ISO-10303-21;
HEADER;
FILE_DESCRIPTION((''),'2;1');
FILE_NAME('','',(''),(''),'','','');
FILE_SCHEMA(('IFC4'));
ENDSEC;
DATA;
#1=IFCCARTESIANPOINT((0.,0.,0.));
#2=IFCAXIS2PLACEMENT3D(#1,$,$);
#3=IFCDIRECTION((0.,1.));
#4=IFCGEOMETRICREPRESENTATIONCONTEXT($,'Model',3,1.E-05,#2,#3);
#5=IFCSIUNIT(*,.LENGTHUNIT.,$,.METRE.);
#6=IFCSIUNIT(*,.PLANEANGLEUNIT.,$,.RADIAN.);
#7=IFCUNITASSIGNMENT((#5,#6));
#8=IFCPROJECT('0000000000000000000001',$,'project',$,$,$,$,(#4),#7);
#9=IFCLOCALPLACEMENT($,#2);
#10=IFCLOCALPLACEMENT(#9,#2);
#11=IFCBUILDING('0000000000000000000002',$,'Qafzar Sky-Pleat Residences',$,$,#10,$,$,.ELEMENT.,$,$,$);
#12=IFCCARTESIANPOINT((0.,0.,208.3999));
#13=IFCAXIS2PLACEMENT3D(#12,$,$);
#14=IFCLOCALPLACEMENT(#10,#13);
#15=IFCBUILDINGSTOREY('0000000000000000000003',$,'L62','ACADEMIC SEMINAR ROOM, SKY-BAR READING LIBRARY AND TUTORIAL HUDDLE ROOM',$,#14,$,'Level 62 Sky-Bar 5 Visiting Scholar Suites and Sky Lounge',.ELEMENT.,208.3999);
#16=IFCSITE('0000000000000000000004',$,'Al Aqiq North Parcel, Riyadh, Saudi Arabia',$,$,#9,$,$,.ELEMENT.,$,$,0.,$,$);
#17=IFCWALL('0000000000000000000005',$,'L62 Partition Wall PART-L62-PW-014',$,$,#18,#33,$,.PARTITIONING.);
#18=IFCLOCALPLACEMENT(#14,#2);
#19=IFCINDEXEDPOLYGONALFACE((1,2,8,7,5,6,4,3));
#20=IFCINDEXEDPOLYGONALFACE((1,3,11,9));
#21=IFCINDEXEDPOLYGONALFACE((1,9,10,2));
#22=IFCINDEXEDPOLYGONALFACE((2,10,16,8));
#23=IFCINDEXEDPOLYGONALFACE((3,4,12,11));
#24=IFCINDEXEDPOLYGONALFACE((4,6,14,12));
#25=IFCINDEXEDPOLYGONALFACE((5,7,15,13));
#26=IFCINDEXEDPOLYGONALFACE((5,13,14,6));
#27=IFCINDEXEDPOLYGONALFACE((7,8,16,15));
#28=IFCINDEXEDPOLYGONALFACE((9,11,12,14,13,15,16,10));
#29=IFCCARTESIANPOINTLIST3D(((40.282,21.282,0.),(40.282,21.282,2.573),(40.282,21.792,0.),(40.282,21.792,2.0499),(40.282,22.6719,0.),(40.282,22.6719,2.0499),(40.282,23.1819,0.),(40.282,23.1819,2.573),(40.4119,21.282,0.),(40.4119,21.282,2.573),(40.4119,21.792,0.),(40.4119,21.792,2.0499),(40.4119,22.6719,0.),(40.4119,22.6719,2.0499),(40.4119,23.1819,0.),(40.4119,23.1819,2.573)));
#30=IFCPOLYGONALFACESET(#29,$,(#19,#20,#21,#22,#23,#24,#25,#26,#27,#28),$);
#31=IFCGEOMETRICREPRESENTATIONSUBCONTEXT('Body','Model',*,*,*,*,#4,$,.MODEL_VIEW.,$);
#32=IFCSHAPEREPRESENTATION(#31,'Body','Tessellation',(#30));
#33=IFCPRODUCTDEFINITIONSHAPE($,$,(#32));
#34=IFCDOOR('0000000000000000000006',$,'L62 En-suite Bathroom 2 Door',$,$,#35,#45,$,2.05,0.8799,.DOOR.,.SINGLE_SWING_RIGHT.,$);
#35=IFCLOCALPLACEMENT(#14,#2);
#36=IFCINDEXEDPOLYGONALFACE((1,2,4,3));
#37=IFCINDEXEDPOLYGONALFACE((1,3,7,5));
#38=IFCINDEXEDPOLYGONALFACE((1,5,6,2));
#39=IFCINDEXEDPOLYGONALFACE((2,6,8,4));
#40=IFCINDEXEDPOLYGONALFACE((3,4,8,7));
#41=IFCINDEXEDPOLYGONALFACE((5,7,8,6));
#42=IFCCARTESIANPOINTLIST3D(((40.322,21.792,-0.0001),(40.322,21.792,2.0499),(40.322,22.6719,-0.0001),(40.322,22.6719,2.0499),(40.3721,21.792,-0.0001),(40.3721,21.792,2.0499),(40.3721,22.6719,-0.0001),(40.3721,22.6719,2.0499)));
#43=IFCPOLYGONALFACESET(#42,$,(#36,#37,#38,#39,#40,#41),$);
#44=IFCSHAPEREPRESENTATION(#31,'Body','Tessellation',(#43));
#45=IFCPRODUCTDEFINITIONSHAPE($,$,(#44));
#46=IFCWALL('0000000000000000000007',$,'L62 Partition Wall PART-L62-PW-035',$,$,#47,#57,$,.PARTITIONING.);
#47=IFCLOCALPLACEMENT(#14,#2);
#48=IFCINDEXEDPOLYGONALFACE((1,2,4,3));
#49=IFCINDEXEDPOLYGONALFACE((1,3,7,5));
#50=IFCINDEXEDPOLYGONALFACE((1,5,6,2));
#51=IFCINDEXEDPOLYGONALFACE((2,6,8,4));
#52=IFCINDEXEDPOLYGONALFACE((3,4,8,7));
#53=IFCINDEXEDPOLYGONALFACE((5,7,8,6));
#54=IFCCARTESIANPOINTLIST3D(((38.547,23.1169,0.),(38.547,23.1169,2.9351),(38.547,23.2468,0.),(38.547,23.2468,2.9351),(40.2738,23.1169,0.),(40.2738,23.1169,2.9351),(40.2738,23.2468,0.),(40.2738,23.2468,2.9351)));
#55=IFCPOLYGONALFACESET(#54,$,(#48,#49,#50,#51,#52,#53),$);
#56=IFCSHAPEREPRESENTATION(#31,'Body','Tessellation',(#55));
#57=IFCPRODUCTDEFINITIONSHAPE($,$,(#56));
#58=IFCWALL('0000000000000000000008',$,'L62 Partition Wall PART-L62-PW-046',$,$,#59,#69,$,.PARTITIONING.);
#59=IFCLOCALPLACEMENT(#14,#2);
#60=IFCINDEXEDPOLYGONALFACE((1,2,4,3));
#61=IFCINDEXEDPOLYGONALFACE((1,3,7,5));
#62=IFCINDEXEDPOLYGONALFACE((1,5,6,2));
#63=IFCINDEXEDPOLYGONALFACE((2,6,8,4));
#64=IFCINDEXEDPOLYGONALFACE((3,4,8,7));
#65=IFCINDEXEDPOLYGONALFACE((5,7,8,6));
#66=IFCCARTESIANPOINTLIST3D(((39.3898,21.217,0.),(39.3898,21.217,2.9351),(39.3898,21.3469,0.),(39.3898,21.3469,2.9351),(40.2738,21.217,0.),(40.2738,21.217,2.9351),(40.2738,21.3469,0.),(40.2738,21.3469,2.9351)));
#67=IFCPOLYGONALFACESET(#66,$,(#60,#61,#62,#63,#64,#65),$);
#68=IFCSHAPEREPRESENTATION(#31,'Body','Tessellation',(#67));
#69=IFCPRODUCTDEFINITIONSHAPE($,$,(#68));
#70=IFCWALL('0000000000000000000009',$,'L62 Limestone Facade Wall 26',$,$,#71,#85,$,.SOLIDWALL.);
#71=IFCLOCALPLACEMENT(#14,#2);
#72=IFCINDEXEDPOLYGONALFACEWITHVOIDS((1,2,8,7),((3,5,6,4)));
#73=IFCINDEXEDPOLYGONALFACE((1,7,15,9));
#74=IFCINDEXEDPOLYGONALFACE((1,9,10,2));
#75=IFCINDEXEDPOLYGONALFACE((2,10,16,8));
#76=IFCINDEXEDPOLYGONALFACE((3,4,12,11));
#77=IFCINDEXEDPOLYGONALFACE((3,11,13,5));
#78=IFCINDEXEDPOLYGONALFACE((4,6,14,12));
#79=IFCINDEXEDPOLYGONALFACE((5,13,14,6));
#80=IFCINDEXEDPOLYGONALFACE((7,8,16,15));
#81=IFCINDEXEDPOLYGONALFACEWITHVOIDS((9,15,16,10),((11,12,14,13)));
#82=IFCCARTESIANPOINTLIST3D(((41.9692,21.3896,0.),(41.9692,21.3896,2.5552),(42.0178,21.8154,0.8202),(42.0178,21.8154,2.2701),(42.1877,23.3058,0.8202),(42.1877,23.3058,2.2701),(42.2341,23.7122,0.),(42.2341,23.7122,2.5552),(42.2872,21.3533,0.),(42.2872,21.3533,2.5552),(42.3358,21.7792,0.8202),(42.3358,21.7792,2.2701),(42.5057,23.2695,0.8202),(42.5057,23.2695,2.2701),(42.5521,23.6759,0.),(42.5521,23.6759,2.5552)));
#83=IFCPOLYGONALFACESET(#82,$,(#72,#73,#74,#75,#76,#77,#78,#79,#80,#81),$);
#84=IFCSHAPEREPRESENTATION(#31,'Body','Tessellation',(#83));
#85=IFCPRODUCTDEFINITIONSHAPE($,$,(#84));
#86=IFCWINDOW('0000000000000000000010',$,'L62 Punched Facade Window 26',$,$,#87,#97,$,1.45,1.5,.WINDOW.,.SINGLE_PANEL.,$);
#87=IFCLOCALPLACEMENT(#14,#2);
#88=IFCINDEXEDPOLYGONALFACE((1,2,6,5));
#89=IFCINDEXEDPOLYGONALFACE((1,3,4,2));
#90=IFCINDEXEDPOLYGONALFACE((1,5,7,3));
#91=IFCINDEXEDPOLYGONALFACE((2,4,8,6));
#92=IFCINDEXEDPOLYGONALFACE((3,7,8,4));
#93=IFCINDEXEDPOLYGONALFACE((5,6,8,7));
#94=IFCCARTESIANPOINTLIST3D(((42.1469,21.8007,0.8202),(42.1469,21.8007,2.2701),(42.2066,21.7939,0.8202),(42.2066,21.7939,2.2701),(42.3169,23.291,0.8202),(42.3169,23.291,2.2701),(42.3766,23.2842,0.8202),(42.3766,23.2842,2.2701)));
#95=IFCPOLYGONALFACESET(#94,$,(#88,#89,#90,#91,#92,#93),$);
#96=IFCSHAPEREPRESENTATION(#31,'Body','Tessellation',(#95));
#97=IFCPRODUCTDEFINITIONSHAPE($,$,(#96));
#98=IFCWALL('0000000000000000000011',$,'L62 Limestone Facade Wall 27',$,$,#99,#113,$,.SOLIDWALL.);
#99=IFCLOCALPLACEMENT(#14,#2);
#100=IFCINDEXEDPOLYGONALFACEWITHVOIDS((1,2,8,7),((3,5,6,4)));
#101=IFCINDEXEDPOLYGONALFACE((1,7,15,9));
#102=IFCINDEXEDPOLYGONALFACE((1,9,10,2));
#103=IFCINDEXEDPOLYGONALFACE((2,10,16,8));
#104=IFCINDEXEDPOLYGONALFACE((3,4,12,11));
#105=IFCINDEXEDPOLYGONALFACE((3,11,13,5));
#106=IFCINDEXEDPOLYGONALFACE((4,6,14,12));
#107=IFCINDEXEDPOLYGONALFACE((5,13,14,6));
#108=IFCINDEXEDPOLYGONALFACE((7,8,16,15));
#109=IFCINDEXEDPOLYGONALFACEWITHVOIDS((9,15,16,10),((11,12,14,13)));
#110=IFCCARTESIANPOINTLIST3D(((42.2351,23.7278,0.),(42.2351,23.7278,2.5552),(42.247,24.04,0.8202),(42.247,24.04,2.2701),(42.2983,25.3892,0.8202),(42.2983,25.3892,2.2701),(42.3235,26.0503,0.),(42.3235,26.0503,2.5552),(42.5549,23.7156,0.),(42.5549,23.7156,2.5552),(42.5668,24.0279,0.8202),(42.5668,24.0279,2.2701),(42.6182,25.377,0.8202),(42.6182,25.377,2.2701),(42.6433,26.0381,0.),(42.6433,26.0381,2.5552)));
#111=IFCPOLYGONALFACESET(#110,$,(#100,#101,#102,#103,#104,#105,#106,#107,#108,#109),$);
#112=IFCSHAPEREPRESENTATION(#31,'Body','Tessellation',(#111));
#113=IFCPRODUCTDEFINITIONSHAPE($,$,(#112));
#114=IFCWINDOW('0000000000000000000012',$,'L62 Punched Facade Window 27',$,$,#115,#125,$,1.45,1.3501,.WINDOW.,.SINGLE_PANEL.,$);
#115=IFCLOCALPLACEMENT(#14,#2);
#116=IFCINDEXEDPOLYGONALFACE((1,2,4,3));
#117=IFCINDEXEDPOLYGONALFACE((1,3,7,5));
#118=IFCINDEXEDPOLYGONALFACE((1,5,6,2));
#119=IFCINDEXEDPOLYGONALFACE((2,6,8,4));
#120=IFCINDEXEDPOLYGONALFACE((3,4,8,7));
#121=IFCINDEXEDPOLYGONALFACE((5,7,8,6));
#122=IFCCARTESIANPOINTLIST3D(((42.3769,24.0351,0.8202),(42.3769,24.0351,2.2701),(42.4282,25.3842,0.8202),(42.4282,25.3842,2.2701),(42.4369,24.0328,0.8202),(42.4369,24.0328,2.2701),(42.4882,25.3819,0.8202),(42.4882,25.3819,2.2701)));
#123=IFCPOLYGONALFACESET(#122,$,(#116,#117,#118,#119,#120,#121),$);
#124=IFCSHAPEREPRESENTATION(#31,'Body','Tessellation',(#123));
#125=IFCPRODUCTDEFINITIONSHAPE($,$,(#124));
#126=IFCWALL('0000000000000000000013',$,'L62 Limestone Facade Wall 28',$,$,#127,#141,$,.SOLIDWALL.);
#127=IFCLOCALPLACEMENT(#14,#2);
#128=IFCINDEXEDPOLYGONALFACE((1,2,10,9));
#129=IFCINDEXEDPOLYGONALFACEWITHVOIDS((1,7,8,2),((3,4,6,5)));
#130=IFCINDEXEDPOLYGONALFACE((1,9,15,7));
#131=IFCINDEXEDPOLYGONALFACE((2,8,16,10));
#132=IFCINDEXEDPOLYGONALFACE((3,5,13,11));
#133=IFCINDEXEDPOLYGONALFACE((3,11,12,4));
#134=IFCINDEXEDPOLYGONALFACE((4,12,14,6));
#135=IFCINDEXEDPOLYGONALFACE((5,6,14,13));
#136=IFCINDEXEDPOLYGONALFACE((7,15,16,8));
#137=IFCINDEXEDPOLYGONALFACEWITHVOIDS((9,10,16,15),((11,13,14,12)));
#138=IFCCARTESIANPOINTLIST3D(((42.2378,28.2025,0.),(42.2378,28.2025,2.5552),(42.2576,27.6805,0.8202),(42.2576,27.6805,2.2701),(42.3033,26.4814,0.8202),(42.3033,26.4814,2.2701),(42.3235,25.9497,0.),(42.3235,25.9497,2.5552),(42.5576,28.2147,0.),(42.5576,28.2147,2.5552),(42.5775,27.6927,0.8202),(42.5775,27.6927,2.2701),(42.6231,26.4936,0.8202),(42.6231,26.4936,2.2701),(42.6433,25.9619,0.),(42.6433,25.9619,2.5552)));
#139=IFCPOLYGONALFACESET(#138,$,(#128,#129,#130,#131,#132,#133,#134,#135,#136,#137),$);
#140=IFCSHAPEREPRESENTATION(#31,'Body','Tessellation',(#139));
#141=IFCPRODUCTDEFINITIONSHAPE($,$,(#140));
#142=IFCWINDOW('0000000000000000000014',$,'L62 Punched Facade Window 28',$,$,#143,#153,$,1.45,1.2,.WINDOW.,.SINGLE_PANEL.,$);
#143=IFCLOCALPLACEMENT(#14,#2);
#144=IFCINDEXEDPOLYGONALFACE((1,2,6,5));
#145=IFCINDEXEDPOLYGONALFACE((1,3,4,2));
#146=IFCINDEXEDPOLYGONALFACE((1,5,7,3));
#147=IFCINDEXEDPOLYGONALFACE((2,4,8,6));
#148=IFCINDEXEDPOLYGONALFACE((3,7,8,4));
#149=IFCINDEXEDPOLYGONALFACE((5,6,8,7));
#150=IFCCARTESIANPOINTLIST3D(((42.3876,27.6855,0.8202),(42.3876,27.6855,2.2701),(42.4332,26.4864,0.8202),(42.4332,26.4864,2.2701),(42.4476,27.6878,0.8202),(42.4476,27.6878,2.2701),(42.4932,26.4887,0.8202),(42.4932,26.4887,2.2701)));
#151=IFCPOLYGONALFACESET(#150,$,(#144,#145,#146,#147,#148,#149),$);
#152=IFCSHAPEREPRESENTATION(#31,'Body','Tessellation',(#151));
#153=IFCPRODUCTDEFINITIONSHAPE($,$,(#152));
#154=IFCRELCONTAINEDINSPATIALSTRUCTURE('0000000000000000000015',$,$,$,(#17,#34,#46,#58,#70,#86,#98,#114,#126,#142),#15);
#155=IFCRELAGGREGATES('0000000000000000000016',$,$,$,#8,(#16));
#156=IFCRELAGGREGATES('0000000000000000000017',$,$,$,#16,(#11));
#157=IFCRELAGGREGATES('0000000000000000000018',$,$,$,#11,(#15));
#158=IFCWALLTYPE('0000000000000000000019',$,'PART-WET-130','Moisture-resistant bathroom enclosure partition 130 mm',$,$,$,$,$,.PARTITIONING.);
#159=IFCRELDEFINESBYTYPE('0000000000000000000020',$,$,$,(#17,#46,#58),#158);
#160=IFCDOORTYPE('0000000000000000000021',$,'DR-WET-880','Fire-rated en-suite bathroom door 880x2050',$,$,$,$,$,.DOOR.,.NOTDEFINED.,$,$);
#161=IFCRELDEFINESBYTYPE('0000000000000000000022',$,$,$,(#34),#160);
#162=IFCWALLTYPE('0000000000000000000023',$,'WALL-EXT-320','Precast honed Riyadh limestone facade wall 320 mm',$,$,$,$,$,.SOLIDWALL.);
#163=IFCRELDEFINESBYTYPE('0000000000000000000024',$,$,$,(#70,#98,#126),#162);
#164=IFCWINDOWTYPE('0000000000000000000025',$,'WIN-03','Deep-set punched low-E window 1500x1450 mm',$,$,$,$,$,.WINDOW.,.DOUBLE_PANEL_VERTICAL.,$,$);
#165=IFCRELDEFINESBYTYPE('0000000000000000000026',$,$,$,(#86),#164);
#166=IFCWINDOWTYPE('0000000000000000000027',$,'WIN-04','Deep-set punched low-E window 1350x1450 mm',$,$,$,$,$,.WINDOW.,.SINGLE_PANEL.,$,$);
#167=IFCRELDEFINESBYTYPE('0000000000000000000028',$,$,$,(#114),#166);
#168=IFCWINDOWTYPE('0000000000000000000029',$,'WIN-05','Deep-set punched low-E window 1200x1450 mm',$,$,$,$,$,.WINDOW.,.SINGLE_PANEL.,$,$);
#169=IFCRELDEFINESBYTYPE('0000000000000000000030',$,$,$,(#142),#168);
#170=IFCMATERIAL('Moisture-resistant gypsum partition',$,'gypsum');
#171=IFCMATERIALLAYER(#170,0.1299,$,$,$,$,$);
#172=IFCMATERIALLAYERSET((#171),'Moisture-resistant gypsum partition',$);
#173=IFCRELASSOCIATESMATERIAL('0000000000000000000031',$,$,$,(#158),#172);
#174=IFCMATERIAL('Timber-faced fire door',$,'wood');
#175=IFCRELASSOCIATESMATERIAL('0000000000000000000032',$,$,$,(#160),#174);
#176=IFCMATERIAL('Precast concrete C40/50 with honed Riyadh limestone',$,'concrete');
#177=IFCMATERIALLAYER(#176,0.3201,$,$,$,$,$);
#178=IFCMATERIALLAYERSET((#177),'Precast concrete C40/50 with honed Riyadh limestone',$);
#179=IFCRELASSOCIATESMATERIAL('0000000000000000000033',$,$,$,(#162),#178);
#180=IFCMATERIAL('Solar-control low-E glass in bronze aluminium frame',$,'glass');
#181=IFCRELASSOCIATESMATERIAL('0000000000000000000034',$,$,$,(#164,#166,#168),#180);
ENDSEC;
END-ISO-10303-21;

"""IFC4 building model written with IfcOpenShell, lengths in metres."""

from ifc_helpers import new_model, si_unit, direction, frame, frame_2d, origin, place, context, subcontext, project, spatial, rectangle, extrude, source, transform, mapped, material, layer, layer_set, type_object, element, fill, save


model = new_model("IFC4")

# Units and contexts
model_context = context("Model", 3, precision=1e-05, world=origin(), true_north=direction((0.0, 1.0)))
body_context = subcontext(model_context, "Body", "Model", "MODEL_VIEW")
ifc_project = project(units=[si_unit("LENGTHUNIT", "METRE"), si_unit("PLANEANGLEUNIT", "RADIAN")], contexts=[model_context])

# Site, building, storey
site_placement = place(None, origin())
site = spatial("IfcSite", under=ifc_project, at=site_placement, Name="Al Aqiq North Parcel, Riyadh, Saudi Arabia", CompositionType="ELEMENT", RefElevation=0.0)
building_placement = place(site_placement, origin())
building = spatial("IfcBuilding", under=site, at=building_placement, Name="Qafzar Sky-Pleat Residences", CompositionType="ELEMENT")
storey_placement = place(building_placement, frame((0.0, 0.0, 208.3999)))
storey = spatial("IfcBuildingStorey", under=building, at=storey_placement, Name="L62", Description="ACADEMIC SEMINAR ROOM, SKY-BAR READING LIBRARY AND TUTORIAL HUDDLE ROOM", LongName="Level 62 Sky-Bar 5 Visiting Scholar Suites and Sky Lounge", CompositionType="ELEMENT", Elevation=208.3999)

# Wall, opening, door
ifc_material_1 = material(Name="Moisture-resistant gypsum partition", Category="gypsum")
ifc_layer_1 = layer(ifc_material_1, 0.1299)
ifc_layer_set_1 = layer_set([ifc_layer_1], Name="Moisture-resistant gypsum partition")
wall_type_1 = type_object("IfcWallType", Name="PART-WET-130", Description="Moisture-resistant bathroom enclosure partition 130 mm", PredefinedType="PARTITIONING", material=ifc_layer_set_1)
wall_1_placement = place(storey_placement, frame((40.3469, 21.282, 0.0), z_axis=(0.0, 0.0, 1.0), x_axis=(0.0, 1.0, 0.0)))
wall_1 = element("IfcWall", 1, at=wall_1_placement, inside=storey, type_object=wall_type_1, Name="L62 Partition Wall PART-L62-PW-014", PredefinedType="PARTITIONING", context=body_context, shape_type="SweptSolid", body=[
    extrude(rectangle(XDim=1.8999, YDim=0.1299, at=frame_2d((0.95, 0.0))), origin(), (0.0, 0.0, 1.0), 2.573),
])
opening_1_placement = place(wall_1_placement, frame((0.51, 0.0, 0.0)))
opening_1 = element("IfcOpeningElement", 2, at=opening_1_placement, cuts=wall_1, PredefinedType="OPENING", context=body_context, shape_type="SweptSolid", body=[
    extrude(rectangle(XDim=0.8799, YDim=2.05, at=frame_2d((0.4399, 1.0249))), frame((0.0, 0.075, 0.0), z_axis=(0.0, -1.0, 0.0), x_axis=(1.0, 0.0, 0.0)), (0.0, 0.0, 1.0), 0.1499),
])
ifc_material_2 = material(Name="Timber-faced fire door", Category="wood")
door_type = type_object("IfcDoorType", Name="DR-WET-880", Description="Fire-rated en-suite bathroom door 880x2050", OperationType="NOTDEFINED", PredefinedType="DOOR", material=ifc_material_2)
shared_shape_1 = source(origin(), body_context, "Body", "SweptSolid", [
    extrude(rectangle(XDim=0.8799, YDim=2.05, at=frame_2d((0.4399, 1.0249))), frame((0.0, 0.0249, 0.0), z_axis=(0.0, -1.0, 0.0), x_axis=(1.0, 0.0, 0.0)), (0.0, 0.0, 1.0), 0.05),
])
door_placement = place(opening_1_placement, origin())
door = element("IfcDoor", 3, at=door_placement, inside=storey, type_object=door_type, Name="L62 En-suite Bathroom 2 Door", OperationType="SINGLE_SWING_RIGHT", OverallHeight=2.05, OverallWidth=0.8799, PredefinedType="DOOR", context=body_context, shape_type="MappedRepresentation", body=[
    mapped(shared_shape_1, transform((0.0, 0.0, 0.0), x_axis=(1.0, 0.0, 0.0), y_axis=(0.0, 1.0, 0.0), z_axis=(0.0, 0.0, 1.0), scale=1.0)),
])
fill(opening_1, door)

# Walls
wall_2_placement = place(storey_placement, frame((38.5471, 23.1819, 0.0), z_axis=(0.0, 0.0, 1.0), x_axis=(1.0, 0.0, 0.0)))
element("IfcWall", 4, at=wall_2_placement, inside=storey, type_object=wall_type_1, Name="L62 Partition Wall PART-L62-PW-035", PredefinedType="PARTITIONING", context=body_context, shape_type="SweptSolid", body=[
    extrude(rectangle(XDim=1.7268, YDim=0.1299, at=frame_2d((0.8633, 0.0))), origin(), (0.0, 0.0, 1.0), 2.9351),
])
wall_3_placement = place(storey_placement, frame((39.3899, 21.282, 0.0), z_axis=(0.0, 0.0, 1.0), x_axis=(1.0, 0.0, 0.0)))
element("IfcWall", 5, at=wall_3_placement, inside=storey, type_object=wall_type_1, Name="L62 Partition Wall PART-L62-PW-046", PredefinedType="PARTITIONING", context=body_context, shape_type="SweptSolid", body=[
    extrude(rectangle(XDim=0.884, YDim=0.1299, at=frame_2d((0.4419, 0.0))), origin(), (0.0, 0.0, 1.0), 2.9351),
])

# Walls, openings, windows
ifc_material_3 = material(Name="Precast concrete C40/50 with honed Riyadh limestone", Category="concrete")
ifc_layer_2 = layer(ifc_material_3, 0.3201)
ifc_layer_set_2 = layer_set([ifc_layer_2], Name="Precast concrete C40/50 with honed Riyadh limestone")
wall_type_2 = type_object("IfcWallType", Name="WALL-EXT-320", Description="Precast honed Riyadh limestone facade wall 320 mm", PredefinedType="SOLIDWALL", material=ifc_layer_set_2)
wall_4_placement = place(storey_placement, frame((42.1282, 21.3713, 0.0), z_axis=(0.0, 0.0, 1.0), x_axis=(0.11332, 0.993559, 0.0)))
wall_4 = element("IfcWall", 6, at=wall_4_placement, inside=storey, type_object=wall_type_2, Name="L62 Limestone Facade Wall 26", PredefinedType="SOLIDWALL", context=body_context, shape_type="SweptSolid", body=[
    extrude(rectangle(XDim=2.3376, YDim=0.3201, at=frame_2d((1.1689, 0.0))), origin(), (0.0, 0.0, 1.0), 2.5552),
])
opening_2_placement = place(wall_4_placement, frame((0.4287, 0.0, 0.8201)))
opening_2 = element("IfcOpeningElement", 7, at=opening_2_placement, cuts=wall_4, PredefinedType="OPENING", context=body_context, shape_type="SweptSolid", body=[
    extrude(rectangle(XDim=1.5, YDim=1.45, at=frame_2d((0.75, 0.7251))), frame((0.0, 0.1699, 0.0), z_axis=(0.0, -1.0, 0.0), x_axis=(1.0, 0.0, 0.0)), (0.0, 0.0, 1.0), 0.3401),
])
ifc_material_4 = material(Name="Solar-control low-E glass in bronze aluminium frame", Category="glass")
window_type_1 = type_object("IfcWindowType", Name="WIN-03", Description="Deep-set punched low-E window 1500x1450 mm", PartitioningType="DOUBLE_PANEL_VERTICAL", PredefinedType="WINDOW", material=ifc_material_4)
shared_shape_2 = source(origin(), body_context, "Body", "SweptSolid", [
    extrude(rectangle(XDim=1.5, YDim=1.45, at=frame_2d((0.75, 0.7251))), frame((0.0, 0.03, 0.0), z_axis=(0.0, -1.0, 0.0), x_axis=(1.0, 0.0, 0.0)), (0.0, 0.0, 1.0), 0.0601),
])
window_1_placement = place(opening_2_placement, origin())
window_1 = element("IfcWindow", 8, at=window_1_placement, inside=storey, type_object=window_type_1, Name="L62 Punched Facade Window 26", OverallHeight=1.45, OverallWidth=1.5, PartitioningType="SINGLE_PANEL", PredefinedType="WINDOW", context=body_context, shape_type="MappedRepresentation", body=[
    mapped(shared_shape_2, transform((0.0, 0.0, 0.0), x_axis=(1.0, 0.0, 0.0), y_axis=(0.0, 1.0, 0.0), z_axis=(0.0, 0.0, 1.0), scale=1.0)),
])
fill(opening_2, window_1)
wall_5_placement = place(storey_placement, frame((42.395, 23.7217, 0.0), z_axis=(0.0, 0.0, 1.0), x_axis=(0.038026, 0.999277, 0.0)))
wall_5 = element("IfcWall", 9, at=wall_5_placement, inside=storey, type_object=wall_type_2, Name="L62 Limestone Facade Wall 27", PredefinedType="SOLIDWALL", context=body_context, shape_type="SweptSolid", body=[
    extrude(rectangle(XDim=2.3242, YDim=0.3201, at=frame_2d((1.1621, 0.0))), origin(), (0.0, 0.0, 1.0), 2.5552),
])
opening_3_placement = place(wall_5_placement, frame((0.3125, 0.0, 0.8201)))
opening_3 = element("IfcOpeningElement", 10, at=opening_3_placement, cuts=wall_5, PredefinedType="OPENING", context=body_context, shape_type="SweptSolid", body=[
    extrude(rectangle(XDim=1.3501, YDim=1.45, at=frame_2d((0.675, 0.7251))), frame((0.0, 0.1699, 0.0), z_axis=(0.0, -1.0, 0.0), x_axis=(1.0, 0.0, 0.0)), (0.0, 0.0, 1.0), 0.3401),
])
window_type_2 = type_object("IfcWindowType", Name="WIN-04", Description="Deep-set punched low-E window 1350x1450 mm", PartitioningType="SINGLE_PANEL", PredefinedType="WINDOW", material=ifc_material_4)
shared_shape_3 = source(origin(), body_context, "Body", "SweptSolid", [
    extrude(rectangle(XDim=1.3501, YDim=1.45, at=frame_2d((0.675, 0.7251))), frame((0.0, 0.03, 0.0), z_axis=(0.0, -1.0, 0.0), x_axis=(1.0, 0.0, 0.0)), (0.0, 0.0, 1.0), 0.0601),
])
window_2_placement = place(opening_3_placement, origin())
window_2 = element("IfcWindow", 11, at=window_2_placement, inside=storey, type_object=window_type_2, Name="L62 Punched Facade Window 27", OverallHeight=1.45, OverallWidth=1.3501, PartitioningType="SINGLE_PANEL", PredefinedType="WINDOW", context=body_context, shape_type="MappedRepresentation", body=[
    mapped(shared_shape_3, transform((0.0, 0.0, 0.0), x_axis=(1.0, 0.0, 0.0), y_axis=(0.0, 1.0, 0.0), z_axis=(0.0, 0.0, 1.0), scale=1.0)),
])
fill(opening_3, window_2)
wall_6_placement = place(storey_placement, frame((42.4834, 25.9558, 0.0), z_axis=(0.0, 0.0, 1.0), x_axis=(-0.038013, 0.999277, 0.0)))
wall_6 = element("IfcWall", 12, at=wall_6_placement, inside=storey, type_object=wall_type_2, Name="L62 Limestone Facade Wall 28", PredefinedType="SOLIDWALL", context=body_context, shape_type="SweptSolid", body=[
    extrude(rectangle(XDim=2.2544, YDim=0.3201, at=frame_2d((1.1272, 0.0))), origin(), (0.0, 0.0, 1.0), 2.5552),
])
opening_4_placement = place(wall_6_placement, frame((0.532, 0.0, 0.8201)))
opening_4 = element("IfcOpeningElement", 13, at=opening_4_placement, cuts=wall_6, PredefinedType="OPENING", context=body_context, shape_type="SweptSolid", body=[
    extrude(rectangle(XDim=1.2, YDim=1.45, at=frame_2d((0.6001, 0.7251))), frame((0.0, 0.1699, 0.0), z_axis=(0.0, -1.0, 0.0), x_axis=(1.0, 0.0, 0.0)), (0.0, 0.0, 1.0), 0.3401),
])
window_type_3 = type_object("IfcWindowType", Name="WIN-05", Description="Deep-set punched low-E window 1200x1450 mm", PartitioningType="SINGLE_PANEL", PredefinedType="WINDOW", material=ifc_material_4)
shared_shape_4 = source(origin(), body_context, "Body", "SweptSolid", [
    extrude(rectangle(XDim=1.2, YDim=1.45, at=frame_2d((0.6001, 0.7251))), frame((0.0, 0.03, 0.0), z_axis=(0.0, -1.0, 0.0), x_axis=(1.0, 0.0, 0.0)), (0.0, 0.0, 1.0), 0.0601),
])
window_3_placement = place(opening_4_placement, origin())
window_3 = element("IfcWindow", 14, at=window_3_placement, inside=storey, type_object=window_type_3, Name="L62 Punched Facade Window 28", OverallHeight=1.45, OverallWidth=1.2, PartitioningType="SINGLE_PANEL", PredefinedType="WINDOW", context=body_context, shape_type="MappedRepresentation", body=[
    mapped(shared_shape_4, transform((0.0, 0.0, 0.0), x_axis=(1.0, 0.0, 0.0), y_axis=(0.0, 1.0, 0.0), z_axis=(0.0, 0.0, 1.0), scale=1.0)),
])
fill(opening_4, window_3)

save(model, "model.ifc")
